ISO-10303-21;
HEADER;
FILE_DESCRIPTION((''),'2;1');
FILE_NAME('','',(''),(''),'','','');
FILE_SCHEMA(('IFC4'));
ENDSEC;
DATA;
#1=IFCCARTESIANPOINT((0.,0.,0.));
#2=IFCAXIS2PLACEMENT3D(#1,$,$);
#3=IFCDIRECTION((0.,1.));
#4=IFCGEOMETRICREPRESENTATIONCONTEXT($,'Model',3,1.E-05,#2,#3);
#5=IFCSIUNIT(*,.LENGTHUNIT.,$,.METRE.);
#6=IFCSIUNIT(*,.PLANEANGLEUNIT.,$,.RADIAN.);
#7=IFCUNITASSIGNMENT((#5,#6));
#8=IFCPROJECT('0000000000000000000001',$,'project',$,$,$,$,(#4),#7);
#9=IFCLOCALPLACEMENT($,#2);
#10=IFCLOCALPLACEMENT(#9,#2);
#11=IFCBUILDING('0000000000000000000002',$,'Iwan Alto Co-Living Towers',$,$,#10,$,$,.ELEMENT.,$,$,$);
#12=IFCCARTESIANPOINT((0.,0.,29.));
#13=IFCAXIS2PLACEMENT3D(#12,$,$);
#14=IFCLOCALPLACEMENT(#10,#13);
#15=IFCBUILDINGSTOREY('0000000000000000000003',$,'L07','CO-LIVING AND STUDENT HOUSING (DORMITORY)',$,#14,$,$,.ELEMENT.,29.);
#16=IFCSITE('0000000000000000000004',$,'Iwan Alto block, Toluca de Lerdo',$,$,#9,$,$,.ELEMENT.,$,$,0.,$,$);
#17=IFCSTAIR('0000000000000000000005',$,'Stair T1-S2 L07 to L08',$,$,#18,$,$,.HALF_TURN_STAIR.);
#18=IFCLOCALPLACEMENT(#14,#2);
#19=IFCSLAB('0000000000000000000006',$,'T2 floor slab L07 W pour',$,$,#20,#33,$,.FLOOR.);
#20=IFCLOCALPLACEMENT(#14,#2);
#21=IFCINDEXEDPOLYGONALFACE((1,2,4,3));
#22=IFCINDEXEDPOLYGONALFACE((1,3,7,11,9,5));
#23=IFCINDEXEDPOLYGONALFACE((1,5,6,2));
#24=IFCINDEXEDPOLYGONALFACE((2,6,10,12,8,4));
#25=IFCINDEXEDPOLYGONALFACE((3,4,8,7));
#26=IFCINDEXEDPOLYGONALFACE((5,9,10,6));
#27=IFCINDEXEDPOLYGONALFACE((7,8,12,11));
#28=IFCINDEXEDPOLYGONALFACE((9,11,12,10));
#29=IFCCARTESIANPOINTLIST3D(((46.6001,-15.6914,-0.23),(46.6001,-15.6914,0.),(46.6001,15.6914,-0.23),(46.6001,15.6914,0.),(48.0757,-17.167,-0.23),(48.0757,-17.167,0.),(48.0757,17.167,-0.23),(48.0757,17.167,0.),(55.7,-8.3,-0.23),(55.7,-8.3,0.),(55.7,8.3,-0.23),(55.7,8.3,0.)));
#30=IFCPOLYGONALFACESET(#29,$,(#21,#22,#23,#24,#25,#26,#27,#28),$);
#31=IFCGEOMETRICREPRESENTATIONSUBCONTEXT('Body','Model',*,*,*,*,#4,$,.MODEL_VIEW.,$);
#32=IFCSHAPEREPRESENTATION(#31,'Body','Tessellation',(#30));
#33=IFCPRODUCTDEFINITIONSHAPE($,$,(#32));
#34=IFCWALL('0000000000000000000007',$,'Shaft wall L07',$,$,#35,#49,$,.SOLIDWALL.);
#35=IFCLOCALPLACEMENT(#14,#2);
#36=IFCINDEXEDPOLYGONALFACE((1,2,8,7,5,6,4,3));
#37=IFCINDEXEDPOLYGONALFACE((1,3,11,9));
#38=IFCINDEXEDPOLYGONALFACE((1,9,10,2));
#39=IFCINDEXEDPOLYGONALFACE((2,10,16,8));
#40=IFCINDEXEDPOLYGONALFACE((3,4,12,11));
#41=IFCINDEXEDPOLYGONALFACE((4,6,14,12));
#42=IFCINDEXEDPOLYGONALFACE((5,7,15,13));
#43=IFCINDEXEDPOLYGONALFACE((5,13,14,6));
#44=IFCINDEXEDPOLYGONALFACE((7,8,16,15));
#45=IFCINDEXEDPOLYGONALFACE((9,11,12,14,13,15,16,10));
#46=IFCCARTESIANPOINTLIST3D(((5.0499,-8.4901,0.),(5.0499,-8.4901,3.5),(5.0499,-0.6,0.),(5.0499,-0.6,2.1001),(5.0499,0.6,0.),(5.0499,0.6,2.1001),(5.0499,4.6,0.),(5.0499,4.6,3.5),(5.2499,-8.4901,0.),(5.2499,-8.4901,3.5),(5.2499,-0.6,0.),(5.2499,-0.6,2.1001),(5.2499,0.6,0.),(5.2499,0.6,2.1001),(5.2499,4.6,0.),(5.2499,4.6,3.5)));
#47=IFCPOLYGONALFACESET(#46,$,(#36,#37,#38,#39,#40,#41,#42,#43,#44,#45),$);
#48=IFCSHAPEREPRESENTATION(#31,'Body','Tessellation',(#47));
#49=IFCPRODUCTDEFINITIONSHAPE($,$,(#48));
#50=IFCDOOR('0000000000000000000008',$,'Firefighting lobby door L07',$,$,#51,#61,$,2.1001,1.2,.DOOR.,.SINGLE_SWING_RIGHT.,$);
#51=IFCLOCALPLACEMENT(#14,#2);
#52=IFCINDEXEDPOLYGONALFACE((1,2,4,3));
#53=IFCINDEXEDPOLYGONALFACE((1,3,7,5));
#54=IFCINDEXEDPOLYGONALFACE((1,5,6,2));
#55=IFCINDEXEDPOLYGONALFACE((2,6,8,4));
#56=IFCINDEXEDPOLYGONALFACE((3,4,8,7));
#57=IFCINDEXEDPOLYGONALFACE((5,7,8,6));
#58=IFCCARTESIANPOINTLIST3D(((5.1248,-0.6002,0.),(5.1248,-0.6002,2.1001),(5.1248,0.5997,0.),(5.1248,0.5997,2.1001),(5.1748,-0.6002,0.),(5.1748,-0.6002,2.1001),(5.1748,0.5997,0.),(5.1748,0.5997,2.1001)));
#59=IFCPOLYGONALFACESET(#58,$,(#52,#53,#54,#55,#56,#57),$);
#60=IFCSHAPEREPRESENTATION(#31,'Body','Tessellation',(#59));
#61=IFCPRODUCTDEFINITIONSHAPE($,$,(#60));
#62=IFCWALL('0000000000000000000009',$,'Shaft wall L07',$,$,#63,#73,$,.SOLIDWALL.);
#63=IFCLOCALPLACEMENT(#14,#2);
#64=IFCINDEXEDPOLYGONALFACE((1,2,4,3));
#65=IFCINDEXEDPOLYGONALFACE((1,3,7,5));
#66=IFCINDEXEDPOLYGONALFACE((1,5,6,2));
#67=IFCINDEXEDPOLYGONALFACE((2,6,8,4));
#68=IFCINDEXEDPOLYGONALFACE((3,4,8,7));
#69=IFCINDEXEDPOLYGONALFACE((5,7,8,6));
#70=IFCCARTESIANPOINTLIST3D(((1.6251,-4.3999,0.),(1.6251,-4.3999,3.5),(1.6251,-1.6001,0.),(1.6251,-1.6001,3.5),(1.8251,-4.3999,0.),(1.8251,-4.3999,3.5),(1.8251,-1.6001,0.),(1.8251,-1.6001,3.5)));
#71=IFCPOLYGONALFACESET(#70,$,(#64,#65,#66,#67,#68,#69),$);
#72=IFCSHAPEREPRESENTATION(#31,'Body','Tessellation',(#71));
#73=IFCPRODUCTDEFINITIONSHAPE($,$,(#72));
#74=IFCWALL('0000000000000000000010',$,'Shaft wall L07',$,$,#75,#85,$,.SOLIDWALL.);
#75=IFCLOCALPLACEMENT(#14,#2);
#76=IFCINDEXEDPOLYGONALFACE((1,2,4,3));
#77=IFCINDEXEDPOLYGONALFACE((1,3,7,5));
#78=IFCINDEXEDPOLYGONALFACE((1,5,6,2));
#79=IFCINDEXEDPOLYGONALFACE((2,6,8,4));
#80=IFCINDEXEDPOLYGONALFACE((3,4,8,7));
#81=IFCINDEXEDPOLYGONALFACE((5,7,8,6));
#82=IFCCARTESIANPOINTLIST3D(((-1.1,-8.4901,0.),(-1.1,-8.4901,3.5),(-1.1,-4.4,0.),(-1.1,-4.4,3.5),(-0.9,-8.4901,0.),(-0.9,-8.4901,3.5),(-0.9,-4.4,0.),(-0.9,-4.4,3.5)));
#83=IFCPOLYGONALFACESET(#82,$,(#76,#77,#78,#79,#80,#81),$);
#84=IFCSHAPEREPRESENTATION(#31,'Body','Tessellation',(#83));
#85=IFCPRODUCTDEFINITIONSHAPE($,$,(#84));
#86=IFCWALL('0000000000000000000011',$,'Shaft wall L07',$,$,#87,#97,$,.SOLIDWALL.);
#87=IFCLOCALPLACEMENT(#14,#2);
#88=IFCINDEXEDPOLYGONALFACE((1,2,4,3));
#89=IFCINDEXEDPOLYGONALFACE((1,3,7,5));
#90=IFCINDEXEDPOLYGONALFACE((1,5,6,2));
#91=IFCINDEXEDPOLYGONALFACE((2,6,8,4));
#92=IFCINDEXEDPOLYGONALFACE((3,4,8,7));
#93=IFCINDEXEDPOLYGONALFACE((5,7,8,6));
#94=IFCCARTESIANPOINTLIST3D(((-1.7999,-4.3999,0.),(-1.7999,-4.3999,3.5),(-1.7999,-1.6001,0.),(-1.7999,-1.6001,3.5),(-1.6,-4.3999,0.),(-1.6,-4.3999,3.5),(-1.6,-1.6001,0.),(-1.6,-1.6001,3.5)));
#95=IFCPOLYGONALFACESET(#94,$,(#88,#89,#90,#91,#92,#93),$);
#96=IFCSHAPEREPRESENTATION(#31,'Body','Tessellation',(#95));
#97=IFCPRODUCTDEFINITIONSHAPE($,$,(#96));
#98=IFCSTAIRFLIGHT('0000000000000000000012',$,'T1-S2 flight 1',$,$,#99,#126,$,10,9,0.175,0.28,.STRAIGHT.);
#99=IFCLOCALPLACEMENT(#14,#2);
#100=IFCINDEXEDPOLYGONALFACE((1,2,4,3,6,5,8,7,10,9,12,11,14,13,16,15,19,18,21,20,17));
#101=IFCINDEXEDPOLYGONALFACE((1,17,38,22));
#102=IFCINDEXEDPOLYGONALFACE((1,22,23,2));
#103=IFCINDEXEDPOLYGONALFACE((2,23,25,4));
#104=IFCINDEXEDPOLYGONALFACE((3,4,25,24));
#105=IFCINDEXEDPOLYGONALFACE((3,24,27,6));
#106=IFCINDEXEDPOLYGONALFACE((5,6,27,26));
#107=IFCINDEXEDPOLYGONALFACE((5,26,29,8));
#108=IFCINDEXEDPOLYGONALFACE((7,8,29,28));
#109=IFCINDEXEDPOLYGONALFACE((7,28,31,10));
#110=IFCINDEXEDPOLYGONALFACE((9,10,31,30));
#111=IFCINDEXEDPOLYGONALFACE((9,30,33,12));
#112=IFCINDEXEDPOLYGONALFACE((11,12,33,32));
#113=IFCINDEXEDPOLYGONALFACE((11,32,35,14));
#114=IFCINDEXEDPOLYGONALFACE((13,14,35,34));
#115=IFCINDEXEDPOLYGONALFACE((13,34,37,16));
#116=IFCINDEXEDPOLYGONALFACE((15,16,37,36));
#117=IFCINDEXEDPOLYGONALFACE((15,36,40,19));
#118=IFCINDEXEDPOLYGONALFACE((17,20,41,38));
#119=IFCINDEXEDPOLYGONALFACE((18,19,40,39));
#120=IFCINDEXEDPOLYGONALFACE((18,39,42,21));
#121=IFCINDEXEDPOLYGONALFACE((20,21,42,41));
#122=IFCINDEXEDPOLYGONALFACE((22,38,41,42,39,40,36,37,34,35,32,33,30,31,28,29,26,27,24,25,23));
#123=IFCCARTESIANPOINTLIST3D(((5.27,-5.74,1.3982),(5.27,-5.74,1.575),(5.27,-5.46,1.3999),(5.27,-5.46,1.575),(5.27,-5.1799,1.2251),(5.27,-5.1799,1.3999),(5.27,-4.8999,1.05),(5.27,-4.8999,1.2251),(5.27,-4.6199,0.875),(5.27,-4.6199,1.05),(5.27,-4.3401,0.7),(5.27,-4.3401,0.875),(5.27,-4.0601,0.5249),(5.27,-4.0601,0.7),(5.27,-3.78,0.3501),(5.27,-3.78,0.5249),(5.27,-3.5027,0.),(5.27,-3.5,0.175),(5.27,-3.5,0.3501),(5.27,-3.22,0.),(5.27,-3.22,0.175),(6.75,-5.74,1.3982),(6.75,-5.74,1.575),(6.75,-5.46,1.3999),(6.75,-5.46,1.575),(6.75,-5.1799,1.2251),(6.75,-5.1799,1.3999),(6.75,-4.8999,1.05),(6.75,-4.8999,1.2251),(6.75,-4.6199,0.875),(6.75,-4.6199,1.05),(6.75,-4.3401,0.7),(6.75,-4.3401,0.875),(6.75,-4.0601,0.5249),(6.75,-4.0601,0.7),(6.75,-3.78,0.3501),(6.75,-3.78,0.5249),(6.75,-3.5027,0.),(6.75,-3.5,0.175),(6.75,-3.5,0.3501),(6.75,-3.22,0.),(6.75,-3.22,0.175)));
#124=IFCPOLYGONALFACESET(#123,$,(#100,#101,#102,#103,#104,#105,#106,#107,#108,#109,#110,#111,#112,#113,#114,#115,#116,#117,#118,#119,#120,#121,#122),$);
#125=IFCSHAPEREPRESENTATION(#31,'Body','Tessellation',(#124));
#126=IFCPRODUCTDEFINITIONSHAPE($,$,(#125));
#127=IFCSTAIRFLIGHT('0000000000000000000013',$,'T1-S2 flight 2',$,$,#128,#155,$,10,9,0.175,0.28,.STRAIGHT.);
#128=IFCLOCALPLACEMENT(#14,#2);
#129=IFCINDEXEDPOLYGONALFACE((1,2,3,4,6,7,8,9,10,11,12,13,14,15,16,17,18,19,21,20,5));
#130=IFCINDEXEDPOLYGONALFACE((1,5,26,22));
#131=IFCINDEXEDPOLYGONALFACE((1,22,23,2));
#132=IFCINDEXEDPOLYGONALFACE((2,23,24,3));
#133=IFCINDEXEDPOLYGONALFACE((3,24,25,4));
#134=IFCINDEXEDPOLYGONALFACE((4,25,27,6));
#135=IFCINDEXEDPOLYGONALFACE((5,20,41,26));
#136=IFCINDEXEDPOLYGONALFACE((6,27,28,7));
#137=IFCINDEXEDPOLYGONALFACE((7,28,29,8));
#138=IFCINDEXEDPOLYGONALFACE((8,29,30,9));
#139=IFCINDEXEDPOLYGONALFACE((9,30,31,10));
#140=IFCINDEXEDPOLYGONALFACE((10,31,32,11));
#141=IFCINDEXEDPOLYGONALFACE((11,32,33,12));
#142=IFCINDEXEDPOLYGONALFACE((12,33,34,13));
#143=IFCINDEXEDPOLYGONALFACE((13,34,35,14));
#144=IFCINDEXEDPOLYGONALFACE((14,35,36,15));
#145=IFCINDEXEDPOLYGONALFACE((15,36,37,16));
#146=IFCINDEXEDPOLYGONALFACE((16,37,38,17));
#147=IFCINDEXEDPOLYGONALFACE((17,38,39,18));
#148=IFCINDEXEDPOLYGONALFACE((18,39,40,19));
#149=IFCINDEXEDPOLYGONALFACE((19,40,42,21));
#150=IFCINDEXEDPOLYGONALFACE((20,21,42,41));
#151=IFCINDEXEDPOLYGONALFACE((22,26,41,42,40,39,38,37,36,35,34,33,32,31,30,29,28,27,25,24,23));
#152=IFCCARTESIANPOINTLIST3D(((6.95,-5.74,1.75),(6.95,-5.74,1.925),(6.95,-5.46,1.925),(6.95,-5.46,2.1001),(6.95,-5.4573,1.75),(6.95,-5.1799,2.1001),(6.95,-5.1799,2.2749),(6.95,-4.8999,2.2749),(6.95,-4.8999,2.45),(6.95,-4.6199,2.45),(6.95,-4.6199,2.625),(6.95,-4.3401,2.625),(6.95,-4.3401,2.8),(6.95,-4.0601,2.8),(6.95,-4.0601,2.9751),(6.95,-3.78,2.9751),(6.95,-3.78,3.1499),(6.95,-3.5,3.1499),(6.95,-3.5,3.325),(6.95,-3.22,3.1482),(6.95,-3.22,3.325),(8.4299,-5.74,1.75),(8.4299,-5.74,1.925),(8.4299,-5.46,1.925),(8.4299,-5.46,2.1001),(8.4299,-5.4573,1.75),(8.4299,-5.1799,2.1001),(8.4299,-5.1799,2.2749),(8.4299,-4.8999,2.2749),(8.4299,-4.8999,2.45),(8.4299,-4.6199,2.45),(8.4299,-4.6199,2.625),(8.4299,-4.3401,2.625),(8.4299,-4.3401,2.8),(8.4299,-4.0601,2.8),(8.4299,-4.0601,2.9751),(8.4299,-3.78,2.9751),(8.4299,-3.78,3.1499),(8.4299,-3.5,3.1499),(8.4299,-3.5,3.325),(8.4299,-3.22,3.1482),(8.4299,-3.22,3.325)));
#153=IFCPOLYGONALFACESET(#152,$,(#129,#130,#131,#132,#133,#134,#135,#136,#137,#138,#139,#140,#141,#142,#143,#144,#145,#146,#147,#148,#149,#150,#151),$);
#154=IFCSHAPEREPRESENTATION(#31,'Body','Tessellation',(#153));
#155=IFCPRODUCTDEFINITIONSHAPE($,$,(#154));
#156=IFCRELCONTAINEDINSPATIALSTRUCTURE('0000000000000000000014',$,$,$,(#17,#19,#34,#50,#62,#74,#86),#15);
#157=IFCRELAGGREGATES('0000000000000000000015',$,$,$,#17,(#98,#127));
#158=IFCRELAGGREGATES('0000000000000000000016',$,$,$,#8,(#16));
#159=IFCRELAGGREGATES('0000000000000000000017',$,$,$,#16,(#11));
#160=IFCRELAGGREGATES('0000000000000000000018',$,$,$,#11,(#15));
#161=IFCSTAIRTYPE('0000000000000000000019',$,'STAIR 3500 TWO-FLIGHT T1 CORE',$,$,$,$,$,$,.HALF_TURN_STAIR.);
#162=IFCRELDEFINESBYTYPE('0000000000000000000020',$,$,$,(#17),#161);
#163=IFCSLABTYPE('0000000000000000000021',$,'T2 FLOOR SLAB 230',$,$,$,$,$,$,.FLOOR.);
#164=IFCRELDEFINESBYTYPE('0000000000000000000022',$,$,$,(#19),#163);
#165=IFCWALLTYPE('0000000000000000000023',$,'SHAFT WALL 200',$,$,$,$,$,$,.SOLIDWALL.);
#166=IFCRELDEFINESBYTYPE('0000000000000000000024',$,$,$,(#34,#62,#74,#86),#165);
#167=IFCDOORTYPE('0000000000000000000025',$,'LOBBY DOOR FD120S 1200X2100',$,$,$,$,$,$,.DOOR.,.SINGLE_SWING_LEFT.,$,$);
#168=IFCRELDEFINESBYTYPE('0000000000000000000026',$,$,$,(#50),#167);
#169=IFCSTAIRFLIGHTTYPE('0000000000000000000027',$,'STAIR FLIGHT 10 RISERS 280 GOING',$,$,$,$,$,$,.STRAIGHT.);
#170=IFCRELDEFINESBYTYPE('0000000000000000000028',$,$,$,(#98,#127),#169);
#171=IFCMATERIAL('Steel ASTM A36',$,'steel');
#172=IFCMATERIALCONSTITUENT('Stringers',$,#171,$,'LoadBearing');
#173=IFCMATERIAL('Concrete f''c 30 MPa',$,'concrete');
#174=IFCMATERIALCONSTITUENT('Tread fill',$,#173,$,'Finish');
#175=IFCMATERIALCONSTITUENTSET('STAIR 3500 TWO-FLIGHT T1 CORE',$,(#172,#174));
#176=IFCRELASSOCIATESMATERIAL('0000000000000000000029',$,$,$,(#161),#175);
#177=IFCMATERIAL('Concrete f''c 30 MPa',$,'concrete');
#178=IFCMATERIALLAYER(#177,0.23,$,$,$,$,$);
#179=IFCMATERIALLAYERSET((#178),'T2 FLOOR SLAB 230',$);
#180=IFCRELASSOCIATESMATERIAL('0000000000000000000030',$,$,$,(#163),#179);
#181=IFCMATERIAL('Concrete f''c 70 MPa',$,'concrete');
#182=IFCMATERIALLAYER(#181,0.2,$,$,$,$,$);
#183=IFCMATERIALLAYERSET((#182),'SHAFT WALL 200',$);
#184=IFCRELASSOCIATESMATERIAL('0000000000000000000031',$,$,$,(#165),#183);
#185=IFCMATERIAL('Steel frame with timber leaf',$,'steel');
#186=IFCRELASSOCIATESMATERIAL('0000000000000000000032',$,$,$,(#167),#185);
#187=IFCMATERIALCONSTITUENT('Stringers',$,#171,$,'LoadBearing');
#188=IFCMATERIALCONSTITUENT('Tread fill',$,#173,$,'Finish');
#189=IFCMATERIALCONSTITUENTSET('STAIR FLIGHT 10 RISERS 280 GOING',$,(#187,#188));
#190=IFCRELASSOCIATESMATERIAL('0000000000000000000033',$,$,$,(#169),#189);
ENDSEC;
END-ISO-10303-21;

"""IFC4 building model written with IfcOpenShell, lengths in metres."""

from ifc_helpers import new_model, si_unit, direction, frame, frame_2d, origin, place, context, subcontext, project, spatial, polyline, rectangle, outline, extrude, material, layer, layer_set, constituent, constituent_set, type_object, element, fill, aggregate, save


model = new_model("IFC4")

# Units and contexts
model_context = context("Model", 3, precision=1e-05, world=origin(), true_north=direction((0.0, 1.0)))
body_context = subcontext(model_context, "Body", "Model", "MODEL_VIEW")
ifc_project = project(units=[si_unit("LENGTHUNIT", "METRE"), si_unit("PLANEANGLEUNIT", "RADIAN")], contexts=[model_context])

# Site, building, storey
site_placement = place(None, origin())
site = spatial("IfcSite", under=ifc_project, at=site_placement, Name="Iwan Alto block, Toluca de Lerdo", CompositionType="ELEMENT", RefElevation=0.0)
building_placement = place(site_placement, origin())
building = spatial("IfcBuilding", under=site, at=building_placement, Name="Iwan Alto Co-Living Towers", CompositionType="ELEMENT")
storey_placement = place(building_placement, frame((0.0, 0.0, 29.0)))
storey = spatial("IfcBuildingStorey", under=building, at=storey_placement, Name="L07", Description="CO-LIVING AND STUDENT HOUSING (DORMITORY)", CompositionType="ELEMENT", Elevation=29.0)

# Stair
ifc_material_1 = material(Name="Steel ASTM A36", Category="steel")
ifc_constituent_1 = constituent(ifc_material_1, Name="Stringers", Category="LoadBearing")
ifc_material_2 = material(Name="Concrete f'c 30 MPa", Category="concrete")
ifc_constituent_2 = constituent(ifc_material_2, Name="Tread fill", Category="Finish")
ifc_constituent_set_1 = constituent_set(constituents=[ifc_constituent_1, ifc_constituent_2], Name="STAIR 3500 TWO-FLIGHT T1 CORE")
stair_type_1 = type_object("IfcStairType", Name="STAIR 3500 TWO-FLIGHT T1 CORE", PredefinedType="HALF_TURN_STAIR", material=ifc_constituent_set_1)
stair_1_placement = place(storey_placement, origin())
stair_1 = element("IfcStair", 1, at=stair_1_placement, inside=storey, type_object=stair_type_1, Name="Stair T1-S2 L07 to L08", PredefinedType="HALF_TURN_STAIR")

# Slab
ifc_material_3 = material(Name="Concrete f'c 30 MPa", Category="concrete")
ifc_layer_1 = layer(ifc_material_3, 0.23)
ifc_layer_set_1 = layer_set([ifc_layer_1], Name="T2 FLOOR SLAB 230")
slab_type_1 = type_object("IfcSlabType", Name="T2 FLOOR SLAB 230", PredefinedType="FLOOR", material=ifc_layer_set_1)
slab_1_placement = place(storey_placement, frame((0.0, 0.0, -0.23)))
element("IfcSlab", 2, at=slab_1_placement, inside=storey, type_object=slab_type_1, Name="T2 floor slab L07 W pour", PredefinedType="FLOOR", context=body_context, shape_type="SweptSolid", body=[
    extrude(outline(polyline([(46.6001, 15.6914), (48.0757, 17.167), (55.7, 8.3), (55.7, -8.3), (48.0757, -17.167), (46.6001, -15.6914), (46.6001, 15.6914)])), origin(), (0.0, 0.0, 1.0), 0.23),
])

# Wall, opening, door
ifc_material_4 = material(Name="Concrete f'c 70 MPa", Category="concrete")
ifc_layer_2 = layer(ifc_material_4, 0.2)
ifc_layer_set_2 = layer_set([ifc_layer_2], Name="SHAFT WALL 200")
wall_type = type_object("IfcWallType", Name="SHAFT WALL 200", PredefinedType="SOLIDWALL", material=ifc_layer_set_2)
wall_1_placement = place(storey_placement, frame((5.1499, -8.49, 0.0), z_axis=(0.0, 0.0, 1.0), x_axis=(0.0, 1.0, 0.0)))
wall_1 = element("IfcWall", 3, at=wall_1_placement, inside=storey, type_object=wall_type, Name="Shaft wall L07", PredefinedType="SOLIDWALL", context=body_context, shape_type="SweptSolid", body=[
    extrude(rectangle(XDim=13.0901, YDim=0.2, at=frame_2d((6.5449, 0.0))), origin(), (0.0, 0.0, 1.0), 3.5),
])
opening_placement = place(wall_1_placement, frame((7.8899, 0.0, 0.0)))
opening = element("IfcOpeningElement", 4, at=opening_placement, cuts=wall_1, PredefinedType="OPENING", context=body_context, shape_type="SweptSolid", body=[
    extrude(rectangle(XDim=1.2, YDim=2.1001, at=frame_2d((0.6001, 1.05))), frame((0.0, 0.1099, 0.0), z_axis=(0.0, -1.0, 0.0), x_axis=(1.0, 0.0, 0.0)), (0.0, 0.0, 1.0), 0.22),
])
ifc_material_5 = material(Name="Steel frame with timber leaf", Category="steel")
door_type = type_object("IfcDoorType", Name="LOBBY DOOR FD120S 1200X2100", OperationType="SINGLE_SWING_LEFT", PredefinedType="DOOR", material=ifc_material_5)
door_placement = place(opening_placement, frame((1.2, 0.0, 0.0), z_axis=(0.0, 0.0, 1.0), x_axis=(-1.0, 0.0, 0.0)))
door = element("IfcDoor", 5, at=door_placement, inside=storey, type_object=door_type, Name="Firefighting lobby door L07", OperationType="SINGLE_SWING_RIGHT", OverallHeight=2.1001, OverallWidth=1.2, PredefinedType="DOOR", context=body_context, shape_type="SweptSolid", body=[
    extrude(rectangle(XDim=1.2, YDim=2.1001, at=frame_2d((0.6001, 1.05))), frame((0.0, 0.0249, 0.0), z_axis=(0.0, -1.0, 0.0), x_axis=(1.0, 0.0, 0.0)), (0.0, 0.0, 1.0), 0.05),
])
fill(opening, door)

# Walls
wall_2_placement = place(storey_placement, frame((1.7251, -4.3999, 0.0), z_axis=(0.0, 0.0, 1.0), x_axis=(0.0, 1.0, 0.0)))
element("IfcWall", 6, at=wall_2_placement, inside=storey, type_object=wall_type, Name="Shaft wall L07", PredefinedType="SOLIDWALL", context=body_context, shape_type="SweptSolid", body=[
    extrude(rectangle(XDim=2.7998, YDim=0.2, at=frame_2d((1.3999, 0.0))), origin(), (0.0, 0.0, 1.0), 3.5),
])
wall_3_placement = place(storey_placement, frame((-1.0, -8.49, 0.0), z_axis=(0.0, 0.0, 1.0), x_axis=(0.0, 1.0, 0.0)))
element("IfcWall", 7, at=wall_3_placement, inside=storey, type_object=wall_type, Name="Shaft wall L07", PredefinedType="SOLIDWALL", context=body_context, shape_type="SweptSolid", body=[
    extrude(rectangle(XDim=4.0901, YDim=0.2, at=frame_2d((2.0449, 0.0))), origin(), (0.0, 0.0, 1.0), 3.5),
])
wall_4_placement = place(storey_placement, frame((-1.7, -4.3999, 0.0), z_axis=(0.0, 0.0, 1.0), x_axis=(0.0, 1.0, 0.0)))
element("IfcWall", 8, at=wall_4_placement, inside=storey, type_object=wall_type, Name="Shaft wall L07", PredefinedType="SOLIDWALL", context=body_context, shape_type="SweptSolid", body=[
    extrude(rectangle(XDim=2.7998, YDim=0.2, at=frame_2d((1.3999, 0.0))), origin(), (0.0, 0.0, 1.0), 3.5),
])

# Stair flights
ifc_constituent_3 = constituent(ifc_material_1, Name="Stringers", Category="LoadBearing")
ifc_constituent_4 = constituent(ifc_material_2, Name="Tread fill", Category="Finish")
ifc_constituent_set_2 = constituent_set(constituents=[ifc_constituent_3, ifc_constituent_4], Name="STAIR FLIGHT 10 RISERS 280 GOING")
stair_flight_type = type_object("IfcStairFlightType", Name="STAIR FLIGHT 10 RISERS 280 GOING", PredefinedType="STRAIGHT", material=ifc_constituent_set_2)
stair_flight_1_placement = place(storey_placement, frame((6.01, -3.22, 0.0), z_axis=(0.0, 0.0, 1.0), x_axis=(0.0, -1.0, 0.0)))
stair_flight_1 = element("IfcStairFlight", 9, at=stair_flight_1_placement, type_object=stair_flight_type, Name="T1-S2 flight 1", NumberOfRisers=10, NumberOfTreads=9, PredefinedType="STRAIGHT", RiserHeight=0.175, TreadLength=0.28, context=body_context, shape_type="SweptSolid", body=[
    extrude(outline(polyline([(0.0, 0.0), (0.0, 0.175), (0.28, 0.175), (0.28, 0.3501), (0.5601, 0.3501), (0.5601, 0.5249), (0.8401, 0.5249), (0.8401, 0.7), (1.1201, 0.7), (1.1201, 0.875), (1.3999, 0.875), (1.3999, 1.05), (1.6799, 1.05), (1.6799, 1.2251), (1.96, 1.2251), (1.96, 1.3999), (2.24, 1.3999), (2.24, 1.575), (2.52, 1.575), (2.52, 1.75), (2.52, 1.3982), (0.2827, 0.0), (0.0, 0.0)])), frame((0.0, 0.74, 0.0), z_axis=(0.0, -1.0, 0.0), x_axis=(1.0, 0.0, 0.0)), (0.0, 0.0, 1.0), 1.48),
])
stair_flight_2_placement = place(storey_placement, frame((7.6899, -5.74, 1.75), z_axis=(0.0, 0.0, 1.0), x_axis=(0.0, 1.0, 0.0)))
stair_flight_2 = element("IfcStairFlight", 10, at=stair_flight_2_placement, type_object=stair_flight_type, Name="T1-S2 flight 2", NumberOfRisers=10, NumberOfTreads=9, PredefinedType="STRAIGHT", RiserHeight=0.175, TreadLength=0.28, context=body_context, shape_type="SweptSolid", body=[
    extrude(outline(polyline([(0.0, 0.0), (0.0, 0.175), (0.28, 0.175), (0.28, 0.3501), (0.5601, 0.3501), (0.5601, 0.5249), (0.8401, 0.5249), (0.8401, 0.7), (1.1201, 0.7), (1.1201, 0.875), (1.3999, 0.875), (1.3999, 1.05), (1.6799, 1.05), (1.6799, 1.2251), (1.96, 1.2251), (1.96, 1.3999), (2.24, 1.3999), (2.24, 1.575), (2.52, 1.575), (2.52, 1.75), (2.52, 1.3982), (0.2827, 0.0), (0.0, 0.0)])), frame((0.0, 0.74, 0.0), z_axis=(0.0, -1.0, 0.0), x_axis=(1.0, 0.0, 0.0)), (0.0, 0.0, 1.0), 1.48),
])
aggregate(stair_1, [stair_flight_1, stair_flight_2])

save(model, "model.ifc")
